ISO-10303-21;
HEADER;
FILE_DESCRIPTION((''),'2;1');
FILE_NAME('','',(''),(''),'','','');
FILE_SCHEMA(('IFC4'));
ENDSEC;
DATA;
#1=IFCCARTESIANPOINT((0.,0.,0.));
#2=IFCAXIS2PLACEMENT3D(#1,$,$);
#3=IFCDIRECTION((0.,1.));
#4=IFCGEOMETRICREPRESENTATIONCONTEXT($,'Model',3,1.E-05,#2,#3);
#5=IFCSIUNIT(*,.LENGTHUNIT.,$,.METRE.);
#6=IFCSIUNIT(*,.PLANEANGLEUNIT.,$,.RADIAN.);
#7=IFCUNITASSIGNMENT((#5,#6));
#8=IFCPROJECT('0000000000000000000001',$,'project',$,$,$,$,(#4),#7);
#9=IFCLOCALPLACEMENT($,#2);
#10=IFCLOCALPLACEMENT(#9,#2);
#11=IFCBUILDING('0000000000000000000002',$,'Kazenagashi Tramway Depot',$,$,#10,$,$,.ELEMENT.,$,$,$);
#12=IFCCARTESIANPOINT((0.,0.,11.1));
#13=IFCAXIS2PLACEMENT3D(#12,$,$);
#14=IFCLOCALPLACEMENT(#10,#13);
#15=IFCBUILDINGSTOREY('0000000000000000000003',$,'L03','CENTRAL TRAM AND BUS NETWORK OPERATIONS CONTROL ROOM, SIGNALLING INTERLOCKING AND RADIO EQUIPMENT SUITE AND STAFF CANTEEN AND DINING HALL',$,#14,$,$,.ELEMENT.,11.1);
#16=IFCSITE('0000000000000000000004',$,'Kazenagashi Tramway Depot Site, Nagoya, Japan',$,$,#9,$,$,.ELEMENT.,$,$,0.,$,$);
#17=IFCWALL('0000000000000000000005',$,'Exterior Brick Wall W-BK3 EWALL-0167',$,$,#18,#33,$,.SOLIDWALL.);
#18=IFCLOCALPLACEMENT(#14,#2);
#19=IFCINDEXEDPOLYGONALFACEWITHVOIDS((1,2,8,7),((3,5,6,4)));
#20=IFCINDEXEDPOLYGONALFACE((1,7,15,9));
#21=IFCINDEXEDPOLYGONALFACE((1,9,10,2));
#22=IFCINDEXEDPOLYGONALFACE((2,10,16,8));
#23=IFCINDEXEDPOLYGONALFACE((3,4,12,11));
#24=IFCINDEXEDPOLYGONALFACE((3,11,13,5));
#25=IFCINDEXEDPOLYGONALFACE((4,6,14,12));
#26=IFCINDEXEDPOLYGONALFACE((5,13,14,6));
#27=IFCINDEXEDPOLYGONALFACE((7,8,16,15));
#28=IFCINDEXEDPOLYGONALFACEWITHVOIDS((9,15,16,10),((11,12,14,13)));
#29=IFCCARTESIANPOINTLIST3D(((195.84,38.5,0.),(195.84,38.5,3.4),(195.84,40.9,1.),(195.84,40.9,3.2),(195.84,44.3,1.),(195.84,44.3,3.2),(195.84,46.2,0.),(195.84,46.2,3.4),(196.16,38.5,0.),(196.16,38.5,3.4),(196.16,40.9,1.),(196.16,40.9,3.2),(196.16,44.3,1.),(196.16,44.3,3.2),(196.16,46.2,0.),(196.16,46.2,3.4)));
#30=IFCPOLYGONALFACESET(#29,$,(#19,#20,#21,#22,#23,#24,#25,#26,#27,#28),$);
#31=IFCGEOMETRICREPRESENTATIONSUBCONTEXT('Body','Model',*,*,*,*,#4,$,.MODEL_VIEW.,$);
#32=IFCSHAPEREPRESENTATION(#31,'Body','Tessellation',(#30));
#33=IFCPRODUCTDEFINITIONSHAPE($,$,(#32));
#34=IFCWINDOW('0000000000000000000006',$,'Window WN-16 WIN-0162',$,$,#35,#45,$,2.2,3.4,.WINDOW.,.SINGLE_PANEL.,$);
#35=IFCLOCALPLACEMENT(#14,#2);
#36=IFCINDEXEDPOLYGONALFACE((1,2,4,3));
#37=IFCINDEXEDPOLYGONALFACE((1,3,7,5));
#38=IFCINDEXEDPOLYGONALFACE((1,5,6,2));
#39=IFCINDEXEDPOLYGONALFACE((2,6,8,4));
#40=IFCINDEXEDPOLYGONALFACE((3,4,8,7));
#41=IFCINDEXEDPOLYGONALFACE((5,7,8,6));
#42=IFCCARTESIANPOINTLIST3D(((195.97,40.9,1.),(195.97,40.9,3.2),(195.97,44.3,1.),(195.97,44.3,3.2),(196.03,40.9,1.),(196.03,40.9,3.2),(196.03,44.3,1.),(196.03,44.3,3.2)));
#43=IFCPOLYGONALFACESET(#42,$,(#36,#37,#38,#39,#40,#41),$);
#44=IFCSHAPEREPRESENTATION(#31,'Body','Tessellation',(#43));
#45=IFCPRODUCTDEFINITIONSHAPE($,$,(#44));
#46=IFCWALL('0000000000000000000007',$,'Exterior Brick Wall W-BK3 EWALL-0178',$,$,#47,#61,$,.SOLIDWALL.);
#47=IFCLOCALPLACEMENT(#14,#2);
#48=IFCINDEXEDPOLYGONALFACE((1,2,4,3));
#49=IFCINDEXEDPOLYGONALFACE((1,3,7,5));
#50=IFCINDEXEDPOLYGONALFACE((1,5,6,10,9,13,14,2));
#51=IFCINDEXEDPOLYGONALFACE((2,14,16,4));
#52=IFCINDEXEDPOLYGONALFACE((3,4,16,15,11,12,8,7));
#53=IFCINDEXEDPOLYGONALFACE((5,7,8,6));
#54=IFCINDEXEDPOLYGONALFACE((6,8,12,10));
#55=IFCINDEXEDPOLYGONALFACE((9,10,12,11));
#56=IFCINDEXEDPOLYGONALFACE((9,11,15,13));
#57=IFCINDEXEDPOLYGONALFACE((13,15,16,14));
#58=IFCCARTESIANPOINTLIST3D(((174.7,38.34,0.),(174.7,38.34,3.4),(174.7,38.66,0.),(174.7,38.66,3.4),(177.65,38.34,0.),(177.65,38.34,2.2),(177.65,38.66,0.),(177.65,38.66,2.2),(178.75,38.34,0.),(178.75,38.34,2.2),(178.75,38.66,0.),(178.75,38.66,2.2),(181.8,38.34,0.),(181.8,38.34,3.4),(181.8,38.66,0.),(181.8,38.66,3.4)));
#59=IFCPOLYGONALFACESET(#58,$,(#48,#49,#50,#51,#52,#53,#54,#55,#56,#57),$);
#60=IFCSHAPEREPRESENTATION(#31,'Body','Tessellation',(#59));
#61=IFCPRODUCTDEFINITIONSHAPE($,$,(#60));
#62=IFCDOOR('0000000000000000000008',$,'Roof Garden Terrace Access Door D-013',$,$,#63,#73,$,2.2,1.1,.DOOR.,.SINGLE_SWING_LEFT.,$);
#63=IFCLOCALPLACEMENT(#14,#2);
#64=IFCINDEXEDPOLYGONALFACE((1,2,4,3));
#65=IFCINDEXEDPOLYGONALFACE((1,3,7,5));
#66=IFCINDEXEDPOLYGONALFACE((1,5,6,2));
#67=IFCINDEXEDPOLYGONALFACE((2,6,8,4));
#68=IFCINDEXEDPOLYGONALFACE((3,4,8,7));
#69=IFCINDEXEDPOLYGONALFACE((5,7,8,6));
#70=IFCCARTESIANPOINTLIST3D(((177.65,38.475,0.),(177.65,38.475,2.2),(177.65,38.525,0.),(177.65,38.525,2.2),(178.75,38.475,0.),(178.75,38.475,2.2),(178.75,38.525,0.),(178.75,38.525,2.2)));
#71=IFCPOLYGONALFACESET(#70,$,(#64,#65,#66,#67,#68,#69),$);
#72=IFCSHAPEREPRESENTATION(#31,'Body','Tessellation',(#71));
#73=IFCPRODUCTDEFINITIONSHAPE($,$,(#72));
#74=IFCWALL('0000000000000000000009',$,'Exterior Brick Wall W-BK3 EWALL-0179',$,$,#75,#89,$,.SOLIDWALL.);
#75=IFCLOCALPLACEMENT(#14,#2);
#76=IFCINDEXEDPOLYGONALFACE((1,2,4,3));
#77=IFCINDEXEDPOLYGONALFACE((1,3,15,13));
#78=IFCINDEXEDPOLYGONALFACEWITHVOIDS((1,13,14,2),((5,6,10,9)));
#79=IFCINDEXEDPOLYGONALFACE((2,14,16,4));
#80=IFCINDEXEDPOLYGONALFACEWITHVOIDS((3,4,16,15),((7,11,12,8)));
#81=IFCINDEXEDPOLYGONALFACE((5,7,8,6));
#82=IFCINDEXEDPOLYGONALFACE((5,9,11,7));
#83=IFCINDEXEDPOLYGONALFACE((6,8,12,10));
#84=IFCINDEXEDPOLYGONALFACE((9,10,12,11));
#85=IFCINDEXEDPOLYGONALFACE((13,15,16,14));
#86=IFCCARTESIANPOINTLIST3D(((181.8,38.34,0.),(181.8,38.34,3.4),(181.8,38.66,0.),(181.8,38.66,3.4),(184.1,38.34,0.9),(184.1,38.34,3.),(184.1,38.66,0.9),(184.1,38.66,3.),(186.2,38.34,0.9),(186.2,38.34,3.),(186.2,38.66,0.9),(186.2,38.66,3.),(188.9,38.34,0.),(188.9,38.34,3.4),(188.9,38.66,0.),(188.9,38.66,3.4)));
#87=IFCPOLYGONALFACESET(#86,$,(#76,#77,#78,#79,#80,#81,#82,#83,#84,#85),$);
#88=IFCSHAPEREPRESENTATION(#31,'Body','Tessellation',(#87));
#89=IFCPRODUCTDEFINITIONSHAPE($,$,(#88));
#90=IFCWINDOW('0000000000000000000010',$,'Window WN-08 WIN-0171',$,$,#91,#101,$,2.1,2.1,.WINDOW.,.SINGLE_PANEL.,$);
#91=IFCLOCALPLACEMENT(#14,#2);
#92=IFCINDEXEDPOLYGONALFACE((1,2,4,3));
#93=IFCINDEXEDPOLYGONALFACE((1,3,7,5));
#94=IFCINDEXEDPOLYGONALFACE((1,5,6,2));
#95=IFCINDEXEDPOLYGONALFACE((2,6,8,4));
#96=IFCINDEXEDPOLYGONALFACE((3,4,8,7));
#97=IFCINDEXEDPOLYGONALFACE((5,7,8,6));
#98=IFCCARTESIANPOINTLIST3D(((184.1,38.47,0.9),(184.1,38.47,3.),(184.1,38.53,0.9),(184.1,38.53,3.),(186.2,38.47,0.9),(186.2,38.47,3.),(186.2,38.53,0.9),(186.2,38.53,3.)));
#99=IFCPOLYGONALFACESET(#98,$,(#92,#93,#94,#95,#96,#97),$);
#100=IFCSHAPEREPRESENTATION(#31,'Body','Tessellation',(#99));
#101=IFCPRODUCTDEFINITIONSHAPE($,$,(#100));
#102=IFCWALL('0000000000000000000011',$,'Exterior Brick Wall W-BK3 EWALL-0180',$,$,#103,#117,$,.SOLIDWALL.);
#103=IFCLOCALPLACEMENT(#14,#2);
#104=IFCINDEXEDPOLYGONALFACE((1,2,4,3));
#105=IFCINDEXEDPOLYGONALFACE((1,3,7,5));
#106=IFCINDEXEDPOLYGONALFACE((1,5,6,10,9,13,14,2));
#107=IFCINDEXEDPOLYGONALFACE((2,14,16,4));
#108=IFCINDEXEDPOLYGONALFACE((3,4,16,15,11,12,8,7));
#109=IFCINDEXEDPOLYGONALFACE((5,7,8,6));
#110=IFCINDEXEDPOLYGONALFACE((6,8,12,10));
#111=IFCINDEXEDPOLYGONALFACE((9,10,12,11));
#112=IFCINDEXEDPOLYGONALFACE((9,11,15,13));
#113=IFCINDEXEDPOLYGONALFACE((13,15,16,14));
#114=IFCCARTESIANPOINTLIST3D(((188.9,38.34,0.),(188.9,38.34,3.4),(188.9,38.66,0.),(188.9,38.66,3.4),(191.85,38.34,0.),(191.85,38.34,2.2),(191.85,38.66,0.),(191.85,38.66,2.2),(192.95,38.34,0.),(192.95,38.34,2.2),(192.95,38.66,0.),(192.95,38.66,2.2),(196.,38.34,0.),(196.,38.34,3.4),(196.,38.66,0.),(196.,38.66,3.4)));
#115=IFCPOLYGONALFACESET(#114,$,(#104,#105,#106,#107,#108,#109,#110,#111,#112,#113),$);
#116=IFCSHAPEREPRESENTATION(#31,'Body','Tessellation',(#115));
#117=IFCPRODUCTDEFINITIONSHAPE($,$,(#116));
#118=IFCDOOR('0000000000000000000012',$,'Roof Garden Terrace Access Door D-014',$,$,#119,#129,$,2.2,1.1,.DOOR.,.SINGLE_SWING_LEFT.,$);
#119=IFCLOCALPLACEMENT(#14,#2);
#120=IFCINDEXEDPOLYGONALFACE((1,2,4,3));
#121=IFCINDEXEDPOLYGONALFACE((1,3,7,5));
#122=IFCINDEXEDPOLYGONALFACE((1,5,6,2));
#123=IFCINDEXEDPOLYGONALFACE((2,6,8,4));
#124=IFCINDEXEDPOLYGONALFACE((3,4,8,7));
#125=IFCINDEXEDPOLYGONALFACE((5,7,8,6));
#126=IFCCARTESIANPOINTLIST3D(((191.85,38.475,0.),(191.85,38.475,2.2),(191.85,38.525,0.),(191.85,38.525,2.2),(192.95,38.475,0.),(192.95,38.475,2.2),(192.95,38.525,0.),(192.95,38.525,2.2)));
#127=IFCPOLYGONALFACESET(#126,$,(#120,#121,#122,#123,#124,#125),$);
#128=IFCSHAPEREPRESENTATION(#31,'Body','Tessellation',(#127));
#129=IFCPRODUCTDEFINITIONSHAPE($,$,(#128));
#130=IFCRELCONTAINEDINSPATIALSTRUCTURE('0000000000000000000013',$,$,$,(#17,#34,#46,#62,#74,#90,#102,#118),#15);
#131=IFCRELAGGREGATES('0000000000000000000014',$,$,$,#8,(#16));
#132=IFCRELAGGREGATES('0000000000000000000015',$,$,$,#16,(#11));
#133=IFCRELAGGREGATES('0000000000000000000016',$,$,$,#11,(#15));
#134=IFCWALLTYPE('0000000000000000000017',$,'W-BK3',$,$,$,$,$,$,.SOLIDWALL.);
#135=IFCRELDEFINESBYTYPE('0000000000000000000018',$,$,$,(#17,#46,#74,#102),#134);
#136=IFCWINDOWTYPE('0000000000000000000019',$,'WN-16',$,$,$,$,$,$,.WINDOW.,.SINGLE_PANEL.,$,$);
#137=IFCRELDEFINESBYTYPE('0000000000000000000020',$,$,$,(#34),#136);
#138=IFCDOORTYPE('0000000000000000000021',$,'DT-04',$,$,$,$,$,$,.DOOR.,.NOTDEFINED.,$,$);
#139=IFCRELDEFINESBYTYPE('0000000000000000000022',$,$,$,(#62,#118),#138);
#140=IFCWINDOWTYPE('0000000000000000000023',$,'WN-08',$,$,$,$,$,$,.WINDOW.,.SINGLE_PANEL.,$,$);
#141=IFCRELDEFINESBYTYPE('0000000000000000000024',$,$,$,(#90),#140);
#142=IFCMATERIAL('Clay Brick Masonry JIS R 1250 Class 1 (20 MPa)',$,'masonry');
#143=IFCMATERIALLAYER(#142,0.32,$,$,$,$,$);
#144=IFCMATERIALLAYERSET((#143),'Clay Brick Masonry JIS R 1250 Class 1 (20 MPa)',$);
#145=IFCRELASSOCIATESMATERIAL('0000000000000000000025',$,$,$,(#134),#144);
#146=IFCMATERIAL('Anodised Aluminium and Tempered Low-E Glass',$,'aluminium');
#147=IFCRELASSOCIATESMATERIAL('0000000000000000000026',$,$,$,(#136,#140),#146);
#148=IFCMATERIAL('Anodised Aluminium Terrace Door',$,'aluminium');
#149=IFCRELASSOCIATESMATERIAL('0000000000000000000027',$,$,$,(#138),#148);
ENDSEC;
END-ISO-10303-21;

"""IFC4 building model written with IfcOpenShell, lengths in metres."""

from ifc_helpers import new_model, si_unit, direction, frame, frame_2d, origin, place, context, subcontext, project, spatial, rectangle, extrude, material, layer, layer_set, type_object, element, fill, save


model = new_model("IFC4")

# Units and contexts
model_context = context("Model", 3, precision=1e-05, world=origin(), true_north=direction((0.0, 1.0)))
body_context = subcontext(model_context, "Body", "Model", "MODEL_VIEW")
ifc_project = project(units=[si_unit("LENGTHUNIT", "METRE"), si_unit("PLANEANGLEUNIT", "RADIAN")], contexts=[model_context])

# Site, building, storey
site_placement = place(None, origin())
site = spatial("IfcSite", under=ifc_project, at=site_placement, Name="Kazenagashi Tramway Depot Site, Nagoya, Japan", CompositionType="ELEMENT", RefElevation=0.0)
building_placement = place(site_placement, origin())
building = spatial("IfcBuilding", under=site, at=building_placement, Name="Kazenagashi Tramway Depot", CompositionType="ELEMENT")
storey_placement = place(building_placement, frame((0.0, 0.0, 11.1)))
storey = spatial("IfcBuildingStorey", under=building, at=storey_placement, Name="L03", Description="CENTRAL TRAM AND BUS NETWORK OPERATIONS CONTROL ROOM, SIGNALLING INTERLOCKING AND RADIO EQUIPMENT SUITE AND STAFF CANTEEN AND DINING HALL", CompositionType="ELEMENT", Elevation=11.1)

# Wall, opening, window
ifc_material_1 = material(Name="Clay Brick Masonry JIS R 1250 Class 1 (20 MPa)", Category="masonry")
ifc_layer = layer(ifc_material_1, 0.32)
ifc_layer_set = layer_set([ifc_layer], Name="Clay Brick Masonry JIS R 1250 Class 1 (20 MPa)")
wall_type = type_object("IfcWallType", Name="W-BK3", PredefinedType="SOLIDWALL", material=ifc_layer_set)
wall_1_placement = place(storey_placement, frame((196.0, 38.5, 0.0), z_axis=(0.0, 0.0, 1.0), x_axis=(0.0, 1.0, 0.0)))
wall_1 = element("IfcWall", 1, at=wall_1_placement, inside=storey, type_object=wall_type, Name="Exterior Brick Wall W-BK3 EWALL-0167", PredefinedType="SOLIDWALL", context=body_context, shape_type="SweptSolid", body=[
    extrude(rectangle(XDim=7.7, YDim=0.32, at=frame_2d((3.85, 0.0))), origin(), (0.0, 0.0, 1.0), 3.4),
])
opening_1_placement = place(wall_1_placement, frame((2.4, 0.0, 1.0)))
opening_1 = element("IfcOpeningElement", 2, at=opening_1_placement, cuts=wall_1, PredefinedType="OPENING", context=body_context, shape_type="SweptSolid", body=[
    extrude(rectangle(XDim=3.4, YDim=2.2, at=frame_2d((1.7, 1.1))), frame((0.0, 0.17, 0.0), z_axis=(0.0, -1.0, 0.0), x_axis=(1.0, 0.0, 0.0)), (0.0, 0.0, 1.0), 0.34),
])
ifc_material_2 = material(Name="Anodised Aluminium and Tempered Low-E Glass", Category="aluminium")
window_type_1 = type_object("IfcWindowType", Name="WN-16", PartitioningType="SINGLE_PANEL", PredefinedType="WINDOW", material=ifc_material_2)
window_1_placement = place(opening_1_placement, origin())
window_1 = element("IfcWindow", 3, at=window_1_placement, inside=storey, type_object=window_type_1, Name="Window WN-16 WIN-0162", OverallHeight=2.2, OverallWidth=3.4, PartitioningType="SINGLE_PANEL", PredefinedType="WINDOW", context=body_context, shape_type="SweptSolid", body=[
    extrude(rectangle(XDim=3.4, YDim=2.2, at=frame_2d((1.7, 1.1))), frame((0.0, 0.03, 0.0), z_axis=(0.0, -1.0, 0.0), x_axis=(1.0, 0.0, 0.0)), (0.0, 0.0, 1.0), 0.06),
])
fill(opening_1, window_1)

# Wall, opening, door
wall_2_placement = place(storey_placement, frame((174.7, 38.5, 0.0), z_axis=(0.0, 0.0, 1.0), x_axis=(1.0, 0.0, 0.0)))
wall_2 = element("IfcWall", 4, at=wall_2_placement, inside=storey, type_object=wall_type, Name="Exterior Brick Wall W-BK3 EWALL-0178", PredefinedType="SOLIDWALL", context=body_context, shape_type="SweptSolid", body=[
    extrude(rectangle(XDim=7.1, YDim=0.32, at=frame_2d((3.55, 0.0))), origin(), (0.0, 0.0, 1.0), 3.4),
])
opening_2_placement = place(wall_2_placement, frame((2.95, 0.0, 0.0)))
opening_2 = element("IfcOpeningElement", 5, at=opening_2_placement, cuts=wall_2, PredefinedType="OPENING", context=body_context, shape_type="SweptSolid", body=[
    extrude(rectangle(XDim=1.1, YDim=2.2, at=frame_2d((0.55, 1.1))), frame((0.0, 0.17, 0.0), z_axis=(0.0, -1.0, 0.0), x_axis=(1.0, 0.0, 0.0)), (0.0, 0.0, 1.0), 0.34),
])
ifc_material_3 = material(Name="Anodised Aluminium Terrace Door", Category="aluminium")
door_type = type_object("IfcDoorType", Name="DT-04", OperationType="NOTDEFINED", PredefinedType="DOOR", material=ifc_material_3)
door_1_placement = place(opening_2_placement, frame((1.1, 0.0, 0.0), z_axis=(0.0, 0.0, 1.0), x_axis=(-1.0, 0.0, 0.0)))
door_1 = element("IfcDoor", 6, at=door_1_placement, inside=storey, type_object=door_type, Name="Roof Garden Terrace Access Door D-013", OperationType="SINGLE_SWING_LEFT", OverallHeight=2.2, OverallWidth=1.1, PredefinedType="DOOR", context=body_context, shape_type="SweptSolid", body=[
    extrude(rectangle(XDim=1.1, YDim=2.2, at=frame_2d((0.55, 1.1))), frame((0.0, 0.025, 0.0), z_axis=(0.0, -1.0, 0.0), x_axis=(1.0, 0.0, 0.0)), (0.0, 0.0, 1.0), 0.05),
])
fill(opening_2, door_1)

# Wall, opening, window
wall_3_placement = place(storey_placement, frame((181.8, 38.5, 0.0), z_axis=(0.0, 0.0, 1.0), x_axis=(1.0, 0.0, 0.0)))
wall_3 = element("IfcWall", 7, at=wall_3_placement, inside=storey, type_object=wall_type, Name="Exterior Brick Wall W-BK3 EWALL-0179", PredefinedType="SOLIDWALL", context=body_context, shape_type="SweptSolid", body=[
    extrude(rectangle(XDim=7.1, YDim=0.32, at=frame_2d((3.55, 0.0))), origin(), (0.0, 0.0, 1.0), 3.4),
])
opening_3_placement = place(wall_3_placement, frame((2.3, 0.0, 0.9)))
opening_3 = element("IfcOpeningElement", 8, at=opening_3_placement, cuts=wall_3, PredefinedType="OPENING", context=body_context, shape_type="SweptSolid", body=[
    extrude(rectangle(XDim=2.1, YDim=2.1, at=frame_2d((1.05, 1.05))), frame((0.0, 0.17, 0.0), z_axis=(0.0, -1.0, 0.0), x_axis=(1.0, 0.0, 0.0)), (0.0, 0.0, 1.0), 0.34),
])
window_type_2 = type_object("IfcWindowType", Name="WN-08", PartitioningType="SINGLE_PANEL", PredefinedType="WINDOW", material=ifc_material_2)
window_2_placement = place(opening_3_placement, origin())
window_2 = element("IfcWindow", 9, at=window_2_placement, inside=storey, type_object=window_type_2, Name="Window WN-08 WIN-0171", OverallHeight=2.1, OverallWidth=2.1, PartitioningType="SINGLE_PANEL", PredefinedType="WINDOW", context=body_context, shape_type="SweptSolid", body=[
    extrude(rectangle(XDim=2.1, YDim=2.1, at=frame_2d((1.05, 1.05))), frame((0.0, 0.03, 0.0), z_axis=(0.0, -1.0, 0.0), x_axis=(1.0, 0.0, 0.0)), (0.0, 0.0, 1.0), 0.06),
])
fill(opening_3, window_2)

# Wall, opening, door
wall_4_placement = place(storey_placement, frame((188.9, 38.5, 0.0), z_axis=(0.0, 0.0, 1.0), x_axis=(1.0, 0.0, 0.0)))
wall_4 = element("IfcWall", 10, at=wall_4_placement, inside=storey, type_object=wall_type, Name="Exterior Brick Wall W-BK3 EWALL-0180", PredefinedType="SOLIDWALL", context=body_context, shape_type="SweptSolid", body=[
    extrude(rectangle(XDim=7.1, YDim=0.32, at=frame_2d((3.55, 0.0))), origin(), (0.0, 0.0, 1.0), 3.4),
])
opening_4_placement = place(wall_4_placement, frame((2.95, 0.0, 0.0)))
opening_4 = element("IfcOpeningElement", 11, at=opening_4_placement, cuts=wall_4, PredefinedType="OPENING", context=body_context, shape_type="SweptSolid", body=[
    extrude(rectangle(XDim=1.1, YDim=2.2, at=frame_2d((0.55, 1.1))), frame((0.0, 0.17, 0.0), z_axis=(0.0, -1.0, 0.0), x_axis=(1.0, 0.0, 0.0)), (0.0, 0.0, 1.0), 0.34),
])
door_2_placement = place(opening_4_placement, frame((1.1, 0.0, 0.0), z_axis=(0.0, 0.0, 1.0), x_axis=(-1.0, 0.0, 0.0)))
door_2 = element("IfcDoor", 12, at=door_2_placement, inside=storey, type_object=door_type, Name="Roof Garden Terrace Access Door D-014", OperationType="SINGLE_SWING_LEFT", OverallHeight=2.2, OverallWidth=1.1, PredefinedType="DOOR", context=body_context, shape_type="SweptSolid", body=[
    extrude(rectangle(XDim=1.1, YDim=2.2, at=frame_2d((0.55, 1.1))), frame((0.0, 0.025, 0.0), z_axis=(0.0, -1.0, 0.0), x_axis=(1.0, 0.0, 0.0)), (0.0, 0.0, 1.0), 0.05),
])
fill(opening_4, door_2)

save(model, "model.ifc")
